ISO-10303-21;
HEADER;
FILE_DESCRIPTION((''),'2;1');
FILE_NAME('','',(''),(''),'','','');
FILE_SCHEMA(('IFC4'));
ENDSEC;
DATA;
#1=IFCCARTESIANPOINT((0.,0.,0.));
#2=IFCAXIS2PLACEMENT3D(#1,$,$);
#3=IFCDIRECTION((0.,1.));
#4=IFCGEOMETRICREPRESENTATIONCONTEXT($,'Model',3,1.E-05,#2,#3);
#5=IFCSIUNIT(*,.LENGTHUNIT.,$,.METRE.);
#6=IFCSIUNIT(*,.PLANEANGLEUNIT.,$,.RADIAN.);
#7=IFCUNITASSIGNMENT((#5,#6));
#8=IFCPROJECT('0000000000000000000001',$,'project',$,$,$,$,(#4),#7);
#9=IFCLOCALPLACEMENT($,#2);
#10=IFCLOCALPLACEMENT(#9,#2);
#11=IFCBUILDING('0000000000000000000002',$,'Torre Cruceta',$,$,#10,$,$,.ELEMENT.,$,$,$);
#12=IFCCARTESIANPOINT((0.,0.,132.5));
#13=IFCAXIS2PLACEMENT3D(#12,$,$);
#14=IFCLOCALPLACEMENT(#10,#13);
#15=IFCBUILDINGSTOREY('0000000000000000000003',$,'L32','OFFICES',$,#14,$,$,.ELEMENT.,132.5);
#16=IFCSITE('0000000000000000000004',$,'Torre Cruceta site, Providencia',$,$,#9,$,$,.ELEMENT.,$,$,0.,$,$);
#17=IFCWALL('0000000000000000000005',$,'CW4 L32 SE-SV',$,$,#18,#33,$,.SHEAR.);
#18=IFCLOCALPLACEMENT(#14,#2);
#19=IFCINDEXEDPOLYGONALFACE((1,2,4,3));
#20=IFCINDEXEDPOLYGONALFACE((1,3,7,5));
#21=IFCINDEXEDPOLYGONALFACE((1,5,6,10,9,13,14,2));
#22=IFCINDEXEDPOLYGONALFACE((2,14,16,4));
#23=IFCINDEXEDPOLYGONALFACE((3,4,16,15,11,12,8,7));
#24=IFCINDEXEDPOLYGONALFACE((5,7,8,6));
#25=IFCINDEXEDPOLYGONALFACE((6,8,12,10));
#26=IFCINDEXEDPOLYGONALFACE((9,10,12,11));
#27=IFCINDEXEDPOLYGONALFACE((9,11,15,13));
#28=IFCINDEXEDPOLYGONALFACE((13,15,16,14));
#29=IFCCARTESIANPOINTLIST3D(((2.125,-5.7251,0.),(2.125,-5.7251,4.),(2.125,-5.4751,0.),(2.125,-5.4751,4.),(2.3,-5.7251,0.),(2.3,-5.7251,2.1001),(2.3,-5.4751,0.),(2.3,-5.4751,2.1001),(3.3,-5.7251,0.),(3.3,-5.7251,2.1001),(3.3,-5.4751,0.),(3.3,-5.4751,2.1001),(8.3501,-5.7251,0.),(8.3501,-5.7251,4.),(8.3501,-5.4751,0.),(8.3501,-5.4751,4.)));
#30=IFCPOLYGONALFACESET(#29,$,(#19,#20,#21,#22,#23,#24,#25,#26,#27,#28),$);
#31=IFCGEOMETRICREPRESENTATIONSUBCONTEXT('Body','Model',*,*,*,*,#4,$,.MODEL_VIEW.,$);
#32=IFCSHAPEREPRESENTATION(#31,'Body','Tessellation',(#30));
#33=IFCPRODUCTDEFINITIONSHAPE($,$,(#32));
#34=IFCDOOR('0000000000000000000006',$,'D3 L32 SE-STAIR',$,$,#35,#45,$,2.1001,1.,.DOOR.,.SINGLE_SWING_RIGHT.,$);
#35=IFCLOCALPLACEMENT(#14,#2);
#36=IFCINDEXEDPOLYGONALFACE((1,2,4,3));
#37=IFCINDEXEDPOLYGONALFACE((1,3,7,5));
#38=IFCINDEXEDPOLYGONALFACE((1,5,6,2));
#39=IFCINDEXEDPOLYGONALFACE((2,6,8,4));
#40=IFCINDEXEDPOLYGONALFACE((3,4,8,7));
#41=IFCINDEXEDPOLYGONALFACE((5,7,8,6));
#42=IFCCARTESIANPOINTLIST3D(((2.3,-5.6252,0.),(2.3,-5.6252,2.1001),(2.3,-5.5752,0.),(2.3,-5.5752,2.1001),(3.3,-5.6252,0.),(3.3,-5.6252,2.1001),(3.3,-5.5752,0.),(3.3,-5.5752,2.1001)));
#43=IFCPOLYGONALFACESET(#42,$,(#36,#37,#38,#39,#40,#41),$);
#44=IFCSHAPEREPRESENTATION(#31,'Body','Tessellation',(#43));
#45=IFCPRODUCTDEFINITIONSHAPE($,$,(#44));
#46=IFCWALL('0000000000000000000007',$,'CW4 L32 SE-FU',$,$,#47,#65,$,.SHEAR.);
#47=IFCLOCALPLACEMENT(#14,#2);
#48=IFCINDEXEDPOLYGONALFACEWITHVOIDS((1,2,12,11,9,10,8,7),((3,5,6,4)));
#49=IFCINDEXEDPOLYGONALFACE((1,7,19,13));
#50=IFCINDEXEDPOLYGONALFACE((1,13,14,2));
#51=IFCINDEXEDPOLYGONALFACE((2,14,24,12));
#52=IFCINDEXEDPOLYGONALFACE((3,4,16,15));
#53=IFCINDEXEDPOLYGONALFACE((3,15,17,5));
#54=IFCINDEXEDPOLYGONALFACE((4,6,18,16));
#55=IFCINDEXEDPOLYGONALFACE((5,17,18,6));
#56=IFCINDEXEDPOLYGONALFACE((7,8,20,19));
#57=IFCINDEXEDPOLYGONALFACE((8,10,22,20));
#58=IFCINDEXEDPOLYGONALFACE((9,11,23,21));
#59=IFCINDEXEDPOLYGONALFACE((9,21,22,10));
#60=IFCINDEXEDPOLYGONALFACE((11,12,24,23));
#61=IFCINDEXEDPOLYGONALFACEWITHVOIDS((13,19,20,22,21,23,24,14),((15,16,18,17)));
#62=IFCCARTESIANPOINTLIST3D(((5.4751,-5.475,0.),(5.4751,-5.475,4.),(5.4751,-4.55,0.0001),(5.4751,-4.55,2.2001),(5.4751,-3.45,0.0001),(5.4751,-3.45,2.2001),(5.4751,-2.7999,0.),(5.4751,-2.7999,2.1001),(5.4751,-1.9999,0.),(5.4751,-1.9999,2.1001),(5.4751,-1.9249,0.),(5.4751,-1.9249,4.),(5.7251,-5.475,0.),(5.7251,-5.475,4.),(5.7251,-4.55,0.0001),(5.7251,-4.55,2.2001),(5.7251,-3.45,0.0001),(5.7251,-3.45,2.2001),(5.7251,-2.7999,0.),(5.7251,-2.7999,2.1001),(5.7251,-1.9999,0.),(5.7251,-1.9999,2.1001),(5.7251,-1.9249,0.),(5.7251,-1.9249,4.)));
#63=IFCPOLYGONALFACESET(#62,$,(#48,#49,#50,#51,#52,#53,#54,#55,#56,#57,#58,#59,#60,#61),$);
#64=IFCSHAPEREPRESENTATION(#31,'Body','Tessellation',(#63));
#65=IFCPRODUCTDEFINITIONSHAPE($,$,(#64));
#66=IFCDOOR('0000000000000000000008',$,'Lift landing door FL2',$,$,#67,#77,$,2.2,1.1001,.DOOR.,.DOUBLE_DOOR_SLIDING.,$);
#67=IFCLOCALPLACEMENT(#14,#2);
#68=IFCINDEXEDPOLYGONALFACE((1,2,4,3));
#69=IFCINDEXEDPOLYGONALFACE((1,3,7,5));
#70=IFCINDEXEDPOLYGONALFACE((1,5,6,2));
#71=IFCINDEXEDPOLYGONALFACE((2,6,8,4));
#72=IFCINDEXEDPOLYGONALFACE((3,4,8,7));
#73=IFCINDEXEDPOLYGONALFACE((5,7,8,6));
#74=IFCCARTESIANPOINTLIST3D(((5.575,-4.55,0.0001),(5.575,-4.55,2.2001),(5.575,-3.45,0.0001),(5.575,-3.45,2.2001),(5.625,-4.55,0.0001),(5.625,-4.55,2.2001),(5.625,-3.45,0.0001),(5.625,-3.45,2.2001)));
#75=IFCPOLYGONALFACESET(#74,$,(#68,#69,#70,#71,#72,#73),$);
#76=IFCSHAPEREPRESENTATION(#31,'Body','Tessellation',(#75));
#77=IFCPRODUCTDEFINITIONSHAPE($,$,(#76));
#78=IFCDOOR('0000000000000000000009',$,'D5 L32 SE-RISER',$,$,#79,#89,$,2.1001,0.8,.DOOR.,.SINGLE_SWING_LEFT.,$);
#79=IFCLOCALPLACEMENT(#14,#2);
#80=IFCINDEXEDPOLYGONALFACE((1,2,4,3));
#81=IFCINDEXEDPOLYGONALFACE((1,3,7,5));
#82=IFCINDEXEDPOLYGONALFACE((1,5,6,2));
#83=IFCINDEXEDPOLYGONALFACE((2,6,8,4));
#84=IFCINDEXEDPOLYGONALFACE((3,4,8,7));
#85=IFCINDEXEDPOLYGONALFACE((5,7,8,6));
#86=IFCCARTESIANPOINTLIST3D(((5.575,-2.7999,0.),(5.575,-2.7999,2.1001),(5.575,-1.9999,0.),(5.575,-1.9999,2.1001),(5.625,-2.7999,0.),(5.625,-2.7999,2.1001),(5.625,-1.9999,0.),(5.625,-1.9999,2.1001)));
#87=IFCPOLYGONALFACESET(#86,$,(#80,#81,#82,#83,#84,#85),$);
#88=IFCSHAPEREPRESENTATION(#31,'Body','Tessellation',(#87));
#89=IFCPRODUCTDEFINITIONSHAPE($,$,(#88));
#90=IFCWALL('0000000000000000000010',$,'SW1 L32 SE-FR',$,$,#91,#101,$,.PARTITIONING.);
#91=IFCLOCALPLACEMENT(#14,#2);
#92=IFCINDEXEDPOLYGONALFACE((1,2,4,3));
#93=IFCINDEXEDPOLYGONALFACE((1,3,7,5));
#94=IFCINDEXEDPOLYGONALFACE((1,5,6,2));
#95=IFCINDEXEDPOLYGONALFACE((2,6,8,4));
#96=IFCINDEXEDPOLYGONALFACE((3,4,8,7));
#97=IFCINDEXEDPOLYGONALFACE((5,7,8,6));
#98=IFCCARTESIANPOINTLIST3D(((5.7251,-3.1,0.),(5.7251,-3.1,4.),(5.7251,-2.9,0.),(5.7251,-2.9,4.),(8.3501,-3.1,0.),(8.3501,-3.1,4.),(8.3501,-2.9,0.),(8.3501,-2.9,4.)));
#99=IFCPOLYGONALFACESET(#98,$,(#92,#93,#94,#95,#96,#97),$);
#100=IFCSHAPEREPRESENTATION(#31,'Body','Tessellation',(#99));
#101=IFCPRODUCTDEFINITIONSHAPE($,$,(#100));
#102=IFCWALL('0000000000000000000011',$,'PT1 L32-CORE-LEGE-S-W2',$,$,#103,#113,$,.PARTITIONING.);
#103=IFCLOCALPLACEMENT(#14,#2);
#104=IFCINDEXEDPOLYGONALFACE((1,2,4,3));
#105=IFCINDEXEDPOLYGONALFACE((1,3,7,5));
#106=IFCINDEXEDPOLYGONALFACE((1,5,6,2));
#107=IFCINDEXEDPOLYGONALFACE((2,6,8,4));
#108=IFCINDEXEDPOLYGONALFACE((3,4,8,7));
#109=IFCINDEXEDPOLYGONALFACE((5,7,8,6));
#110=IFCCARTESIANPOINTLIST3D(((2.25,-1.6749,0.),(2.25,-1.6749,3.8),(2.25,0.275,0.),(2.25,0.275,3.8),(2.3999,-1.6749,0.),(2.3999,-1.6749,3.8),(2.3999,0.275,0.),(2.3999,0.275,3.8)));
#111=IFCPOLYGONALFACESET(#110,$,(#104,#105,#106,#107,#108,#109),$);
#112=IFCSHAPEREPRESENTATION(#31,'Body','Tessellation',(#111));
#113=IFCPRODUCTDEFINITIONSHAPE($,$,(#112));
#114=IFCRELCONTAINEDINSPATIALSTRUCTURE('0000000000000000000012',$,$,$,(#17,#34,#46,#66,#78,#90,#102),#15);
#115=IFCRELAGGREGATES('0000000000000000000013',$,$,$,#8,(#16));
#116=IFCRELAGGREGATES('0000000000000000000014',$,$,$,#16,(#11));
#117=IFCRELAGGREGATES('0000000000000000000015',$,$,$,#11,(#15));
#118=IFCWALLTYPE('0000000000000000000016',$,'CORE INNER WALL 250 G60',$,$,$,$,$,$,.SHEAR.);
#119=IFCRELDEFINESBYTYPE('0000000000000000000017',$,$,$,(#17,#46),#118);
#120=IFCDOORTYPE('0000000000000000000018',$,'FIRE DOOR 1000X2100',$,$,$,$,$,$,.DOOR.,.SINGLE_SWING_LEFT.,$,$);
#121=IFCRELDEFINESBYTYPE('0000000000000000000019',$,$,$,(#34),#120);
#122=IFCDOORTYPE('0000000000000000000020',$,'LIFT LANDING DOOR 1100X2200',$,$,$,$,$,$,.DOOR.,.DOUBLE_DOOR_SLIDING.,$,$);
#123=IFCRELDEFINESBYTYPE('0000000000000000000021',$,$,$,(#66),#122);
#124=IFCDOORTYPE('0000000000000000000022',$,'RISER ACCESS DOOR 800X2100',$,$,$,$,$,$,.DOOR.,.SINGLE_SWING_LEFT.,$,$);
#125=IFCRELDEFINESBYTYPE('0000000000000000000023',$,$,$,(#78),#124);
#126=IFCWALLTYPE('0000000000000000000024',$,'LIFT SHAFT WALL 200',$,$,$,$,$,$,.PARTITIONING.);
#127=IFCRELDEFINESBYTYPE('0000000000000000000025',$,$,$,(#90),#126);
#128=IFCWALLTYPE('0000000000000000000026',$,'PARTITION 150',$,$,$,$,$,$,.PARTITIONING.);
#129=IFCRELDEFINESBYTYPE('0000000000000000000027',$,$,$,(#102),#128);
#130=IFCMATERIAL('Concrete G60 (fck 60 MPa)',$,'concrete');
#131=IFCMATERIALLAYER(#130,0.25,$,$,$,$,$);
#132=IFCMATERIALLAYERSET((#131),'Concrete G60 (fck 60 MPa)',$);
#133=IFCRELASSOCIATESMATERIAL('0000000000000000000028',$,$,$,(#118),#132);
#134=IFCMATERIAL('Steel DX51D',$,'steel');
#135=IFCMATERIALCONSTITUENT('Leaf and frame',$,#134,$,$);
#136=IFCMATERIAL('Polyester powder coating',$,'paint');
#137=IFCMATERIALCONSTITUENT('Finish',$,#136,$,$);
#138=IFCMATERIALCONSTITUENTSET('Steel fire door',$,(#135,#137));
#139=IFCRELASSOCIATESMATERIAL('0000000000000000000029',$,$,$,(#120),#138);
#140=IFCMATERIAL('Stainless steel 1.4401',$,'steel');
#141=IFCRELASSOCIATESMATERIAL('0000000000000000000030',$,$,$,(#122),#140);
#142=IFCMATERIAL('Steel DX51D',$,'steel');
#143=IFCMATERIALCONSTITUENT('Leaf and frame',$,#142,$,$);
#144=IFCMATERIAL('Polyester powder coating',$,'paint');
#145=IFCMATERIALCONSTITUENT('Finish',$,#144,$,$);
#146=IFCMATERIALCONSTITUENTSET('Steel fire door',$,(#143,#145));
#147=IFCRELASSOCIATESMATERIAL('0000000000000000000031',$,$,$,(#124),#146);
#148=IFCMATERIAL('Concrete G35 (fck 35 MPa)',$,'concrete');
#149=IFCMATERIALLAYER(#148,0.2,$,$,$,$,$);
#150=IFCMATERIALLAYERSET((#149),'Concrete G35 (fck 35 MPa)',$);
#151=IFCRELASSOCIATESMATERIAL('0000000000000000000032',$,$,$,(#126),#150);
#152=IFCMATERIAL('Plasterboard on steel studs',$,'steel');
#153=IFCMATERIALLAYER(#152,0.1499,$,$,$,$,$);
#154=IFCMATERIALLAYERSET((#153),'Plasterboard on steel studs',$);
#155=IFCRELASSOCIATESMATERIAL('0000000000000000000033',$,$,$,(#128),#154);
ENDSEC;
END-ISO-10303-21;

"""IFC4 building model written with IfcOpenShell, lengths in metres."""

from ifc_helpers import new_model, si_unit, direction, frame, frame_2d, origin, place, context, subcontext, project, spatial, rectangle, extrude, material, layer, layer_set, constituent, constituent_set, type_object, element, fill, save


model = new_model("IFC4")

# Units and contexts
model_context = context("Model", 3, precision=1e-05, world=origin(), true_north=direction((0.0, 1.0)))
body_context = subcontext(model_context, "Body", "Model", "MODEL_VIEW")
ifc_project = project(units=[si_unit("LENGTHUNIT", "METRE"), si_unit("PLANEANGLEUNIT", "RADIAN")], contexts=[model_context])

# Site, building, storey
site_placement = place(None, origin())
site = spatial("IfcSite", under=ifc_project, at=site_placement, Name="Torre Cruceta site, Providencia", CompositionType="ELEMENT", RefElevation=0.0)
building_placement = place(site_placement, origin())
building = spatial("IfcBuilding", under=site, at=building_placement, Name="Torre Cruceta", CompositionType="ELEMENT")
storey_placement = place(building_placement, frame((0.0, 0.0, 132.5)))
storey = spatial("IfcBuildingStorey", under=building, at=storey_placement, Name="L32", Description="OFFICES", CompositionType="ELEMENT", Elevation=132.5)

# Shared definitions
ifc_material_1 = material(Name="Concrete G60 (fck 60 MPa)", Category="concrete")
ifc_layer_1 = layer(ifc_material_1, 0.25)
ifc_layer_set_1 = layer_set([ifc_layer_1], Name="Concrete G60 (fck 60 MPa)")
wall_type_1 = type_object("IfcWallType", Name="CORE INNER WALL 250 G60", PredefinedType="SHEAR", material=ifc_layer_set_1)
ifc_material_2 = material(Name="Steel DX51D", Category="steel")
ifc_constituent_1 = constituent(ifc_material_2, Name="Leaf and frame")
ifc_material_3 = material(Name="Polyester powder coating", Category="paint")
ifc_constituent_2 = constituent(ifc_material_3, Name="Finish")
ifc_constituent_set_1 = constituent_set(constituents=[ifc_constituent_1, ifc_constituent_2], Name="Steel fire door")
door_type_1 = type_object("IfcDoorType", Name="FIRE DOOR 1000X2100", OperationType="SINGLE_SWING_LEFT", PredefinedType="DOOR", material=ifc_constituent_set_1)

# Wall, opening, door
wall_1_placement = place(storey_placement, frame((2.125, -5.6001, 0.0), z_axis=(0.0, 0.0, 1.0), x_axis=(1.0, 0.0, 0.0)))
wall_1 = element("IfcWall", 1, at=wall_1_placement, inside=storey, type_object=wall_type_1, Name="CW4 L32 SE-SV", PredefinedType="SHEAR", context=body_context, shape_type="SweptSolid", body=[
    extrude(rectangle(XDim=6.2251, YDim=0.25, at=frame_2d((3.1125, 0.0))), origin(), (0.0, 0.0, 1.0), 4.0),
])
opening_1_placement = place(wall_1_placement, frame((0.175, 0.0, 0.0)))
opening_1 = element("IfcOpeningElement", 2, at=opening_1_placement, cuts=wall_1, PredefinedType="OPENING", context=body_context, shape_type="SweptSolid", body=[
    extrude(rectangle(XDim=1.0, YDim=2.1001, at=frame_2d((0.5, 1.05))), frame((0.0, 0.135, 0.0), z_axis=(0.0, -1.0, 0.0), x_axis=(1.0, 0.0, 0.0)), (0.0, 0.0, 1.0), 0.27),
])
door_1_placement = place(opening_1_placement, frame((1.0, 0.0, 0.0), z_axis=(0.0, 0.0, 1.0), x_axis=(-1.0, 0.0, 0.0)))
door_1 = element("IfcDoor", 3, at=door_1_placement, inside=storey, type_object=door_type_1, Name="D3 L32 SE-STAIR", OperationType="SINGLE_SWING_RIGHT", OverallHeight=2.1001, OverallWidth=1.0, PredefinedType="DOOR", context=body_context, shape_type="SweptSolid", body=[
    extrude(rectangle(XDim=1.0, YDim=2.1001, at=frame_2d((0.5, 1.05))), frame((0.0, 0.0251, 0.0), z_axis=(0.0, -1.0, 0.0), x_axis=(1.0, 0.0, 0.0)), (0.0, 0.0, 1.0), 0.05),
])
fill(opening_1, door_1)

# Wall, openings, doors
wall_2_placement = place(storey_placement, frame((5.6001, -1.925, 0.0), z_axis=(0.0, 0.0, 1.0), x_axis=(0.0, -1.0, 0.0)))
wall_2 = element("IfcWall", 4, at=wall_2_placement, inside=storey, type_object=wall_type_1, Name="CW4 L32 SE-FU", PredefinedType="SHEAR", context=body_context, shape_type="SweptSolid", body=[
    extrude(rectangle(XDim=3.55, YDim=0.25, at=frame_2d((1.7749, 0.0))), origin(), (0.0, 0.0, 1.0), 4.0),
])
opening_2_placement = place(wall_2_placement, frame((1.5249, 0.0, 0.0)))
opening_2 = element("IfcOpeningElement", 5, at=opening_2_placement, cuts=wall_2, PredefinedType="OPENING", context=body_context, shape_type="SweptSolid", body=[
    extrude(rectangle(XDim=1.1001, YDim=2.2, at=frame_2d((0.55, 1.1001))), frame((0.0, 0.135, 0.0), z_axis=(0.0, -1.0, 0.0), x_axis=(1.0, 0.0, 0.0)), (0.0, 0.0, 1.0), 0.27),
])
opening_3_placement = place(wall_2_placement, frame((0.075, 0.0, 0.0)))
opening_3 = element("IfcOpeningElement", 6, at=opening_3_placement, cuts=wall_2, PredefinedType="OPENING", context=body_context, shape_type="SweptSolid", body=[
    extrude(rectangle(XDim=0.8, YDim=2.1001, at=frame_2d((0.3999, 1.05))), frame((0.0, 0.135, 0.0), z_axis=(0.0, -1.0, 0.0), x_axis=(1.0, 0.0, 0.0)), (0.0, 0.0, 1.0), 0.27),
])
ifc_material_4 = material(Name="Stainless steel 1.4401", Category="steel")
door_type_2 = type_object("IfcDoorType", Name="LIFT LANDING DOOR 1100X2200", OperationType="DOUBLE_DOOR_SLIDING", PredefinedType="DOOR", material=ifc_material_4)
door_2_placement = place(opening_2_placement, origin())
door_2 = element("IfcDoor", 7, at=door_2_placement, inside=storey, type_object=door_type_2, Name="Lift landing door FL2", OperationType="DOUBLE_DOOR_SLIDING", OverallHeight=2.2, OverallWidth=1.1001, PredefinedType="DOOR", context=body_context, shape_type="SweptSolid", body=[
    extrude(rectangle(XDim=1.1001, YDim=2.2, at=frame_2d((0.55, 1.1001))), frame((0.0, 0.0249, 0.0), z_axis=(0.0, -1.0, 0.0), x_axis=(1.0, 0.0, 0.0)), (0.0, 0.0, 1.0), 0.05),
])
fill(opening_2, door_2)
ifc_material_5 = material(Name="Steel DX51D", Category="steel")
ifc_constituent_3 = constituent(ifc_material_5, Name="Leaf and frame")
ifc_material_6 = material(Name="Polyester powder coating", Category="paint")
ifc_constituent_4 = constituent(ifc_material_6, Name="Finish")
ifc_constituent_set_2 = constituent_set(constituents=[ifc_constituent_3, ifc_constituent_4], Name="Steel fire door")
door_type_3 = type_object("IfcDoorType", Name="RISER ACCESS DOOR 800X2100", OperationType="SINGLE_SWING_LEFT", PredefinedType="DOOR", material=ifc_constituent_set_2)
door_3_placement = place(opening_3_placement, origin())
door_3 = element("IfcDoor", 8, at=door_3_placement, inside=storey, type_object=door_type_3, Name="D5 L32 SE-RISER", OperationType="SINGLE_SWING_LEFT", OverallHeight=2.1001, OverallWidth=0.8, PredefinedType="DOOR", context=body_context, shape_type="SweptSolid", body=[
    extrude(rectangle(XDim=0.8, YDim=2.1001, at=frame_2d((0.3999, 1.05))), frame((0.0, 0.0249, 0.0), z_axis=(0.0, -1.0, 0.0), x_axis=(1.0, 0.0, 0.0)), (0.0, 0.0, 1.0), 0.05),
])
fill(opening_3, door_3)

# Walls
ifc_material_7 = material(Name="Concrete G35 (fck 35 MPa)", Category="concrete")
ifc_layer_2 = layer(ifc_material_7, 0.2)
ifc_layer_set_2 = layer_set([ifc_layer_2], Name="Concrete G35 (fck 35 MPa)")
wall_type_2 = type_object("IfcWallType", Name="LIFT SHAFT WALL 200", PredefinedType="PARTITIONING", material=ifc_layer_set_2)
wall_3_placement = place(storey_placement, frame((5.7251, -3.0, 0.0), z_axis=(0.0, 0.0, 1.0), x_axis=(1.0, 0.0, 0.0)))
element("IfcWall", 9, at=wall_3_placement, inside=storey, type_object=wall_type_2, Name="SW1 L32 SE-FR", PredefinedType="PARTITIONING", context=body_context, shape_type="SweptSolid", body=[
    extrude(rectangle(XDim=2.625, YDim=0.2, at=frame_2d((1.3125, 0.0))), origin(), (0.0, 0.0, 1.0), 4.0),
])
ifc_material_8 = material(Name="Plasterboard on steel studs", Category="steel")
ifc_layer_3 = layer(ifc_material_8, 0.1499)
ifc_layer_set_3 = layer_set([ifc_layer_3], Name="Plasterboard on steel studs")
wall_type_3 = type_object("IfcWallType", Name="PARTITION 150", PredefinedType="PARTITIONING", material=ifc_layer_set_3)
wall_4_placement = place(storey_placement, frame((2.325, -1.675, 0.0), z_axis=(0.0, 0.0, 1.0), x_axis=(0.0, 1.0, 0.0)))
element("IfcWall", 10, at=wall_4_placement, inside=storey, type_object=wall_type_3, Name="PT1 L32-CORE-LEGE-S-W2", PredefinedType="PARTITIONING", context=body_context, shape_type="SweptSolid", body=[
    extrude(rectangle(XDim=1.95, YDim=0.1499, at=frame_2d((0.9751, 0.0))), origin(), (0.0, 0.0, 1.0), 3.8),
])

save(model, "model.ifc")
